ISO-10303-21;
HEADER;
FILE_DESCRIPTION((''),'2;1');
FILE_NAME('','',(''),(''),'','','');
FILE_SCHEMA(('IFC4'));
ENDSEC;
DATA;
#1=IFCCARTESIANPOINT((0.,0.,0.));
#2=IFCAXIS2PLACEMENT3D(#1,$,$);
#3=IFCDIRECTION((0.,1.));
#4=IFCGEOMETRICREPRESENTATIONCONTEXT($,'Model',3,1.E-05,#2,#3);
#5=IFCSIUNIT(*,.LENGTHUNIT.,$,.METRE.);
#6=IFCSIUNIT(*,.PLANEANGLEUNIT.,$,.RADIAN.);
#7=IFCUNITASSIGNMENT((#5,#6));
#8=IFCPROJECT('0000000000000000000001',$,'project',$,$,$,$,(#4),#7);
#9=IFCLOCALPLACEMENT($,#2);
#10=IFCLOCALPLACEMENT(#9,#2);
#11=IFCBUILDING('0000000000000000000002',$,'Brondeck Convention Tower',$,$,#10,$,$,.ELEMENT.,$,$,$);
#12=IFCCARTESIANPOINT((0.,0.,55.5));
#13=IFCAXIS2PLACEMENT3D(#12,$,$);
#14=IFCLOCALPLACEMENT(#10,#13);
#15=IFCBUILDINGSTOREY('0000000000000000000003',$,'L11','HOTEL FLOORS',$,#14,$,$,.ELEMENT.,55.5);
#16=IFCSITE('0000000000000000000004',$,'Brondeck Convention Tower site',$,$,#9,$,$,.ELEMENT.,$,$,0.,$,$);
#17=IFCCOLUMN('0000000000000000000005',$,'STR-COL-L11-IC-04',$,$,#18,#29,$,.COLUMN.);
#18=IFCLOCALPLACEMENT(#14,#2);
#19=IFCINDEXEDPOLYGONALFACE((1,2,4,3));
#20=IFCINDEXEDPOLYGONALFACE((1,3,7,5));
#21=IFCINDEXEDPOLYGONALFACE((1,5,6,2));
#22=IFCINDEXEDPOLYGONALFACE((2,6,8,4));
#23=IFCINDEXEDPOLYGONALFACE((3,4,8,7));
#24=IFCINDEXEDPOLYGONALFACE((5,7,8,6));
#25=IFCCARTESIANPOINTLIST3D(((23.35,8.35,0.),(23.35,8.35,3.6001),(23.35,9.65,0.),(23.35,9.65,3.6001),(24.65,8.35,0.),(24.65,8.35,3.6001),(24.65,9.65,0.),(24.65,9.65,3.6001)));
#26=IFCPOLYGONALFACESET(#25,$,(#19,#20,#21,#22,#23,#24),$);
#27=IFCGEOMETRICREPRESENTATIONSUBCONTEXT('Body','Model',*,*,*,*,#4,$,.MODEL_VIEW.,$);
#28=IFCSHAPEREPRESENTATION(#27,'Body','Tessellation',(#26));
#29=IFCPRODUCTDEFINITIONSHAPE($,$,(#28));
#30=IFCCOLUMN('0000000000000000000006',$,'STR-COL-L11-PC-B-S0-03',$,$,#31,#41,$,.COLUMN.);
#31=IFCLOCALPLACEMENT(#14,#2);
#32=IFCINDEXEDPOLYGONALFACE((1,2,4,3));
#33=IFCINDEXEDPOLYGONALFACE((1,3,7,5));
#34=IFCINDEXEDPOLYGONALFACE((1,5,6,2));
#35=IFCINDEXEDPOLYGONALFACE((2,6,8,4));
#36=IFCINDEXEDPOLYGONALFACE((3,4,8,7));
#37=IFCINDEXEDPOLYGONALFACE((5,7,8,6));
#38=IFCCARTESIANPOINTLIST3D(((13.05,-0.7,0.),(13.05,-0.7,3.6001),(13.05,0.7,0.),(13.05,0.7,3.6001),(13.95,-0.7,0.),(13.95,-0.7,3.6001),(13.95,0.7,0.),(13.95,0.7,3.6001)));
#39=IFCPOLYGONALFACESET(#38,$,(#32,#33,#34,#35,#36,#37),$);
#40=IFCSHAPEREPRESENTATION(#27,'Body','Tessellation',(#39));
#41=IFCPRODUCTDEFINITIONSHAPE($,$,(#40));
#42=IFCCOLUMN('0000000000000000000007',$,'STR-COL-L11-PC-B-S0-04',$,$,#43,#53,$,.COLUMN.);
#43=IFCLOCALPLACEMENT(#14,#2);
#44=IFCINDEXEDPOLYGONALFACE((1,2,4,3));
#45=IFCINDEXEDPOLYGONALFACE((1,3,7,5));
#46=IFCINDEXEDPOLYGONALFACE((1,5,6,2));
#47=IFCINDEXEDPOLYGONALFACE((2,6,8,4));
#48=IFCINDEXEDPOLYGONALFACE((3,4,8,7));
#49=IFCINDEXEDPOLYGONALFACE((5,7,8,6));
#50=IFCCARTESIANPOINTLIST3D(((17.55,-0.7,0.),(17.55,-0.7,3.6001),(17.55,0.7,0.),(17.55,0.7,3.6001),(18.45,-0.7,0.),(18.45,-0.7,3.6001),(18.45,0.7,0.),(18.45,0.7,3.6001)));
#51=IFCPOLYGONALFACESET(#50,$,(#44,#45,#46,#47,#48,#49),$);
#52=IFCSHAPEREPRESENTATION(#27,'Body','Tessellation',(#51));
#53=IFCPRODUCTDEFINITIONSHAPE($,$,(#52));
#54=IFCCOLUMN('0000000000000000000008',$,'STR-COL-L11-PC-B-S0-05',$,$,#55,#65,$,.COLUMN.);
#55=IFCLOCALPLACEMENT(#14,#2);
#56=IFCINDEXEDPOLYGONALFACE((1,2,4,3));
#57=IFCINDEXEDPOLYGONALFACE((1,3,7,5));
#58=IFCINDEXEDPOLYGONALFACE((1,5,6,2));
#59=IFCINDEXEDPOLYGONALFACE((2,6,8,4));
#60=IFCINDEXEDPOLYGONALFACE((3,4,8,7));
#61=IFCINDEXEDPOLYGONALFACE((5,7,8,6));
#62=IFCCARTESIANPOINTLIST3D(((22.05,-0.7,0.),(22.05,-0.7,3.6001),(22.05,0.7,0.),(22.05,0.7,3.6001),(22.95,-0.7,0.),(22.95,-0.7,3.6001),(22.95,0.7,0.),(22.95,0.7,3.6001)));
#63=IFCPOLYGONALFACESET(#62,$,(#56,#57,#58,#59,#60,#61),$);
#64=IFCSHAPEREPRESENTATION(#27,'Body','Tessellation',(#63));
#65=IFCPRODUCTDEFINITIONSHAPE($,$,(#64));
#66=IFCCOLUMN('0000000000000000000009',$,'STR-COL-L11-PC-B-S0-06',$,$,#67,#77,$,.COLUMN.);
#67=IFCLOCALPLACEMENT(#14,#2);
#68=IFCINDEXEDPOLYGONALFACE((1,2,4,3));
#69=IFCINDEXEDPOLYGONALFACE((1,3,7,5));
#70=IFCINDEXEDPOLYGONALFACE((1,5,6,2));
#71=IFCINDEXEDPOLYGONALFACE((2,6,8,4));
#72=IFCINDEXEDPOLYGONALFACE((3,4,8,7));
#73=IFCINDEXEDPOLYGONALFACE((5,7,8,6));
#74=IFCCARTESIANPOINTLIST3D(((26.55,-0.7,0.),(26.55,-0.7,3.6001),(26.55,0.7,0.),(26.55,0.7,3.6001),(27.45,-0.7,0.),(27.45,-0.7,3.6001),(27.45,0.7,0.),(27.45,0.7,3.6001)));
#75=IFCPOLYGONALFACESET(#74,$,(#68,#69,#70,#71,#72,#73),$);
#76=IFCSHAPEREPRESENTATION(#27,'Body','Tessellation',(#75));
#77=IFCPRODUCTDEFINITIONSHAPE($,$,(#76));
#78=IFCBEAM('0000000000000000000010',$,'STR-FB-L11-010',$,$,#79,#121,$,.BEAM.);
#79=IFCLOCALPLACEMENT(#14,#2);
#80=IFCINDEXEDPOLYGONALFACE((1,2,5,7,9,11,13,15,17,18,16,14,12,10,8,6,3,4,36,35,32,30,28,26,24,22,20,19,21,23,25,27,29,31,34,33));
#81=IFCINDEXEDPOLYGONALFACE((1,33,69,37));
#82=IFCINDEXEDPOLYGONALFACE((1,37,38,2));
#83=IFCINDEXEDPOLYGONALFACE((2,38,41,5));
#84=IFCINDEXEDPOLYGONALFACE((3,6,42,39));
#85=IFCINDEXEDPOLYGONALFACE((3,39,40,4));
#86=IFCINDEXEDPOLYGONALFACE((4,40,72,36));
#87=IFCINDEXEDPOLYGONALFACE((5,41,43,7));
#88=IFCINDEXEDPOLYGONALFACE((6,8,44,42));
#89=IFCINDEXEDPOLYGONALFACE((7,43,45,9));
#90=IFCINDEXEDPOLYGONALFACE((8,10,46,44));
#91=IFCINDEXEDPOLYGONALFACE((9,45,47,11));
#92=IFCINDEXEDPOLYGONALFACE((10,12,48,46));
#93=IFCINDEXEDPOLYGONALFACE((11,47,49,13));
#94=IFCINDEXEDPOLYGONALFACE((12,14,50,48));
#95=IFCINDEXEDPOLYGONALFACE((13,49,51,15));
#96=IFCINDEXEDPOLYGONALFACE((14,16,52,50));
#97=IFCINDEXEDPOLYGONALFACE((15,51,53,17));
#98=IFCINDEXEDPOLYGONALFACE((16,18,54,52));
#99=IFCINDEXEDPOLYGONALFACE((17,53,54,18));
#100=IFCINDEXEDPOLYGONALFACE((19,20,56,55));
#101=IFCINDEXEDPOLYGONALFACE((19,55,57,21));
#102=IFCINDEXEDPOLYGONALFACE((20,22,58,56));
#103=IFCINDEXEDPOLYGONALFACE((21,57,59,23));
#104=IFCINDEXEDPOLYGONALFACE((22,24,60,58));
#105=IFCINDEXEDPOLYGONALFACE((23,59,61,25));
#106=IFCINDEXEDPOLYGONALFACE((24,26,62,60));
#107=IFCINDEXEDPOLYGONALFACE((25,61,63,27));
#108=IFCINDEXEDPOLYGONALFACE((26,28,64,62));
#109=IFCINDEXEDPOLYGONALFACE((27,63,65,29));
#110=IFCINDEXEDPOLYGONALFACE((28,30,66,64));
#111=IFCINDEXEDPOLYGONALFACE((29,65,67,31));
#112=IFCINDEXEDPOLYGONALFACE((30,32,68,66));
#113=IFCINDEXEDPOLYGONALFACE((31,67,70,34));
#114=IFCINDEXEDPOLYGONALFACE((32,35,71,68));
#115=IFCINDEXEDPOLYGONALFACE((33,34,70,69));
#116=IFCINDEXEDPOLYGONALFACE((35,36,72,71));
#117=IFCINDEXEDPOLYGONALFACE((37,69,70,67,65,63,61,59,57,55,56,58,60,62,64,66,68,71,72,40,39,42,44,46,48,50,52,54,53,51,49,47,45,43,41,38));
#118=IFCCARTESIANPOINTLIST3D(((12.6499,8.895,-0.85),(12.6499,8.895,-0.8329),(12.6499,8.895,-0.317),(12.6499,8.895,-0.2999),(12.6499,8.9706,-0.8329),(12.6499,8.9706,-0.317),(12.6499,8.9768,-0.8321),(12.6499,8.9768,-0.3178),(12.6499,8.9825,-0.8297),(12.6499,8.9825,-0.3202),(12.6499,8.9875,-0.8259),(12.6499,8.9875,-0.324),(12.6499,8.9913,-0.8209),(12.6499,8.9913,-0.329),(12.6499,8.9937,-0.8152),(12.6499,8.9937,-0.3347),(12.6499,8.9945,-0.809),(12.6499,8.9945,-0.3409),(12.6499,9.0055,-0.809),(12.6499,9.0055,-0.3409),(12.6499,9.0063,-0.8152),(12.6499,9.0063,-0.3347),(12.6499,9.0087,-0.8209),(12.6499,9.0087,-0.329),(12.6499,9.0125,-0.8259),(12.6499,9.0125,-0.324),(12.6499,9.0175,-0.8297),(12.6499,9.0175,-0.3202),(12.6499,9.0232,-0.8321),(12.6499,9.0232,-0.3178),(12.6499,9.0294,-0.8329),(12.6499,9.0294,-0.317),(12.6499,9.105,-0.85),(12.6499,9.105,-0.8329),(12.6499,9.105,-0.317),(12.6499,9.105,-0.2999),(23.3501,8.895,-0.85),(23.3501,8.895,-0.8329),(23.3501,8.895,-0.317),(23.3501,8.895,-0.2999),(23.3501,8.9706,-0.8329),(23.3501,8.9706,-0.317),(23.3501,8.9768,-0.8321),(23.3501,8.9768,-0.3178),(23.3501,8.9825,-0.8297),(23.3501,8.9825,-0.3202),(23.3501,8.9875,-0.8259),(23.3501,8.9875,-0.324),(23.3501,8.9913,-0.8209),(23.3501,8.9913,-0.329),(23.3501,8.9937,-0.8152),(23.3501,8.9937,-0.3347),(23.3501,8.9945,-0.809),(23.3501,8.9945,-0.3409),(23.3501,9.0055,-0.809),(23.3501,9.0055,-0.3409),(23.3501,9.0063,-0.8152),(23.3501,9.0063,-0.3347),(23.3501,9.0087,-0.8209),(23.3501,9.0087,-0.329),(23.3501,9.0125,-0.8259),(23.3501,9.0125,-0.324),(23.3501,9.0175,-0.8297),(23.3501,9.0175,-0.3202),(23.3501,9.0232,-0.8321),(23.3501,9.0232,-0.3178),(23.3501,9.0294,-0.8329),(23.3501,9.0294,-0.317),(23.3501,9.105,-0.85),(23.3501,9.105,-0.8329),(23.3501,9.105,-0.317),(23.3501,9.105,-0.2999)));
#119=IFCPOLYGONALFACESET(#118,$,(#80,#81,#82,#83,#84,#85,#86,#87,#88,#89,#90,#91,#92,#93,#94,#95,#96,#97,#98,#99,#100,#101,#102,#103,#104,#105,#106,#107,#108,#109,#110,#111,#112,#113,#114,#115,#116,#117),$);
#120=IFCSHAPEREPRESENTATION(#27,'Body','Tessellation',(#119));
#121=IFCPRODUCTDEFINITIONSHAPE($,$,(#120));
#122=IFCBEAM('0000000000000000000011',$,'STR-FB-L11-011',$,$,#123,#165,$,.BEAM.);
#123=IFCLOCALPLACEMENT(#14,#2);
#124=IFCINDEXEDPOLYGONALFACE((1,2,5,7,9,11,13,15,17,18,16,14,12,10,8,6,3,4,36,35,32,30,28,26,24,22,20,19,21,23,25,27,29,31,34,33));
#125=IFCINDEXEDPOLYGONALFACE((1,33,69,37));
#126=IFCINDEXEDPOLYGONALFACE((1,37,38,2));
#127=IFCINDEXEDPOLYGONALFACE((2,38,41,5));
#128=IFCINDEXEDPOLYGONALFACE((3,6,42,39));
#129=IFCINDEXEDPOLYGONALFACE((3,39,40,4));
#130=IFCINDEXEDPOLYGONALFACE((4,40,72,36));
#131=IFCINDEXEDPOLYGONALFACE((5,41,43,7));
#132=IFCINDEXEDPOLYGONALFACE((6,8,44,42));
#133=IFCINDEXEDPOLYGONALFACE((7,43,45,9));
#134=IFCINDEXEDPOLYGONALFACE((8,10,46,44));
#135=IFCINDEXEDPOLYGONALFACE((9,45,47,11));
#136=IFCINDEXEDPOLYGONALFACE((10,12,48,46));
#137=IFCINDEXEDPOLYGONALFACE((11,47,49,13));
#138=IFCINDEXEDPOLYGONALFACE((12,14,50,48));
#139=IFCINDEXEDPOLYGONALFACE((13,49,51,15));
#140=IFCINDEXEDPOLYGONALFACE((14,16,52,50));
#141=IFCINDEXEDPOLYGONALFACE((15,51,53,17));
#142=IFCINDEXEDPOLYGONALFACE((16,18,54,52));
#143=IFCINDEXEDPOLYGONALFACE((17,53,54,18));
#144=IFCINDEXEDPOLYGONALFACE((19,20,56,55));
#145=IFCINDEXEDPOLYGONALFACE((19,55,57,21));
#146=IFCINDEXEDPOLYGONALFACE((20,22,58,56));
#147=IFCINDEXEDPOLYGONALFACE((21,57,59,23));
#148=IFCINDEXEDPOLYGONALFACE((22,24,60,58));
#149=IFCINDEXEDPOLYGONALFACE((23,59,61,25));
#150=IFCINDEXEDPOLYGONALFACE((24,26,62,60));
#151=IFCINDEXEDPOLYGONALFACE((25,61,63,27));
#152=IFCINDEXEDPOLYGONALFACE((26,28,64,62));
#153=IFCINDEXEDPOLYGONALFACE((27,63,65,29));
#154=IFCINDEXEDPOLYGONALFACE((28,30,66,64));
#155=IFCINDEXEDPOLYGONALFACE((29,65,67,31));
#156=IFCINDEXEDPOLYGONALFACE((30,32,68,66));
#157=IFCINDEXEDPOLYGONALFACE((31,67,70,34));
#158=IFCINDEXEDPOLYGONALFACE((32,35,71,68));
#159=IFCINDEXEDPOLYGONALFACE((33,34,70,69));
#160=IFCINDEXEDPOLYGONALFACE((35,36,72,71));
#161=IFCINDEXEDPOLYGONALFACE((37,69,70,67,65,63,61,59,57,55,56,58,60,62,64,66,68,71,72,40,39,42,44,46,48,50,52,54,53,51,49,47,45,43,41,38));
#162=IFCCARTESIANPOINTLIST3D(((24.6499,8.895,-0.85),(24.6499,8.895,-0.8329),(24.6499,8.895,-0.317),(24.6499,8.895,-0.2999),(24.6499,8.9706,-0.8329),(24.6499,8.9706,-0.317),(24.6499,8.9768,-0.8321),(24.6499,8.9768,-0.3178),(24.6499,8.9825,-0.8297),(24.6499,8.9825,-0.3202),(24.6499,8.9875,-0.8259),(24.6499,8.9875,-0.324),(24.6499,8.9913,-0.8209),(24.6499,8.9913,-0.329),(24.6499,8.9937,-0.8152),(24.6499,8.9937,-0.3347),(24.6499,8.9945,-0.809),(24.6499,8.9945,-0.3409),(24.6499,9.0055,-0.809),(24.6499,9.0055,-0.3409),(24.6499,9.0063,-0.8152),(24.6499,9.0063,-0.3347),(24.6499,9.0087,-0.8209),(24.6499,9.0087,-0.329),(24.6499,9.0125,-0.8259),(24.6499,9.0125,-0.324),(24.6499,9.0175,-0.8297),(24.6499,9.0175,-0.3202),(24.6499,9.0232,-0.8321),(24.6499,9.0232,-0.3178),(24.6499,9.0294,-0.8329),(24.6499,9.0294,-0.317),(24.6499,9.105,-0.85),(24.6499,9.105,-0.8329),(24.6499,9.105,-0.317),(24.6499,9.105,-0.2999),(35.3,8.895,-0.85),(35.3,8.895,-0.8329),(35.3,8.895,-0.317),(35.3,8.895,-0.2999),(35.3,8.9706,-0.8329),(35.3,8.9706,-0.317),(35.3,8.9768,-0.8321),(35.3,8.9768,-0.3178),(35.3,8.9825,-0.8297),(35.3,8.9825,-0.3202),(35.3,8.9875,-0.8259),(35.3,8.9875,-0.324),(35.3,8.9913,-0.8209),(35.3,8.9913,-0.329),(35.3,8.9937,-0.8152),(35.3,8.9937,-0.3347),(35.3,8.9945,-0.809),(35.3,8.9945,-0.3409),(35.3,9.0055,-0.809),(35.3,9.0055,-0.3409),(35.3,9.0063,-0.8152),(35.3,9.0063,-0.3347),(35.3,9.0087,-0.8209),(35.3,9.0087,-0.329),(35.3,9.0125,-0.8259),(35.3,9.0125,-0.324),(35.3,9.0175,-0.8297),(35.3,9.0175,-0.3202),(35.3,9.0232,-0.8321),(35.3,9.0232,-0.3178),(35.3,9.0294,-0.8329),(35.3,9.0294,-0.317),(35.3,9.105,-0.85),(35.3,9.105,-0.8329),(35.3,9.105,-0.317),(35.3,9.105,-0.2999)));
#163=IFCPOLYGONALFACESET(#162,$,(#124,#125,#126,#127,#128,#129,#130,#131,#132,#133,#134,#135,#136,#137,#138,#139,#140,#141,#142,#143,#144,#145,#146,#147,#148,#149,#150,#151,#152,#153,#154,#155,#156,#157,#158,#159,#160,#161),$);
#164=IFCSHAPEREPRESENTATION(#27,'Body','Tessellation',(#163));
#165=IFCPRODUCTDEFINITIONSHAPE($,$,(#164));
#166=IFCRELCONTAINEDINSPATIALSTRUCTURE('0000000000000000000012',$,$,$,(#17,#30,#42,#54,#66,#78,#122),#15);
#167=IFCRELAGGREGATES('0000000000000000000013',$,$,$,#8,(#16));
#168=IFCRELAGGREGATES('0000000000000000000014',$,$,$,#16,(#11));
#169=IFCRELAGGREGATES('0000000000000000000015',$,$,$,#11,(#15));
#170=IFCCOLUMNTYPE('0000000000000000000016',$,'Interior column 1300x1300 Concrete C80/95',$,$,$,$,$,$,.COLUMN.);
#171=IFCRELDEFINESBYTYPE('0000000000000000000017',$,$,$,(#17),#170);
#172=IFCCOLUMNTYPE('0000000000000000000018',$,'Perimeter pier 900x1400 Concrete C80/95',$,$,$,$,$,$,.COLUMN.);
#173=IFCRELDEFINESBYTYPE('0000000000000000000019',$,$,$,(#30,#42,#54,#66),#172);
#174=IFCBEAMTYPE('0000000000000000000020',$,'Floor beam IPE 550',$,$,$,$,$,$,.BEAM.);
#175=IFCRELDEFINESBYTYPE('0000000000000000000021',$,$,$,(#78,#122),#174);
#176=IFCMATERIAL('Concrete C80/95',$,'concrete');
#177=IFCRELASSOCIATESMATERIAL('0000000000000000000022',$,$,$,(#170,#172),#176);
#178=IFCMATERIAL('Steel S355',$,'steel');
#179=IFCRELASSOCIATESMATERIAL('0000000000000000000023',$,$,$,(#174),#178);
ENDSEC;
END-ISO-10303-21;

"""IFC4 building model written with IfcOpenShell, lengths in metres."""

from ifc_helpers import new_model, si_unit, direction, frame, origin, origin_2d, place, context, subcontext, project, spatial, rectangle, i_section, extrude, material, material_profile, profile_set, type_object, element, save


model = new_model("IFC4")

# Units and contexts
model_context = context("Model", 3, precision=1e-05, world=origin(), true_north=direction((0.0, 1.0)))
body_context = subcontext(model_context, "Body", "Model", "MODEL_VIEW")
ifc_project = project(units=[si_unit("LENGTHUNIT", "METRE"), si_unit("PLANEANGLEUNIT", "RADIAN")], contexts=[model_context])

# Site, building, storey
site_placement = place(None, origin())
site = spatial("IfcSite", under=ifc_project, at=site_placement, Name="Brondeck Convention Tower site", CompositionType="ELEMENT", RefElevation=0.0)
building_placement = place(site_placement, origin())
building = spatial("IfcBuilding", under=site, at=building_placement, Name="Brondeck Convention Tower", CompositionType="ELEMENT")
storey_placement = place(building_placement, frame((0.0, 0.0, 55.5)))
storey = spatial("IfcBuildingStorey", under=building, at=storey_placement, Name="L11", Description="HOTEL FLOORS", CompositionType="ELEMENT", Elevation=55.5)

# Columns
ifc_material_1 = material(Name="Concrete C80/95", Category="concrete")
ifc_material_profile_1 = material_profile(ifc_material_1, rectangle(XDim=1.3, YDim=1.3, at=origin_2d()), Name="Interior column 1300x1300 Concrete C80/95")
ifc_profile_set_1 = profile_set([ifc_material_profile_1], Name="Concrete C80/95")
column_type_1 = type_object("IfcColumnType", Name="Interior column 1300x1300 Concrete C80/95", PredefinedType="COLUMN", material=ifc_profile_set_1)
column_placement = place(storey_placement, frame((24.0, 9.0, 0.0), z_axis=(0.0, 0.0, 1.0), x_axis=(1.0, 0.0, 0.0)))
element("IfcColumn", 1, at=column_placement, inside=storey, type_object=column_type_1, Name="STR-COL-L11-IC-04", PredefinedType="COLUMN", context=body_context, shape_type="SweptSolid", body=[
    extrude(rectangle(XDim=1.3, YDim=1.3, at=origin_2d()), origin(), (0.0, 0.0, 1.0), 3.6001),
])
ifc_material_profile_2 = material_profile(ifc_material_1, rectangle(XDim=0.8999, YDim=1.3999, at=origin_2d()), Name="Perimeter pier 900x1400 Concrete C80/95")
ifc_profile_set_2 = profile_set([ifc_material_profile_2], Name="Concrete C80/95")
column_type_2 = type_object("IfcColumnType", Name="Perimeter pier 900x1400 Concrete C80/95", PredefinedType="COLUMN", material=ifc_profile_set_2)
for number, where, z_axis, x_axis, name in (
    (2, (13.5, 0.0, 0.0), (0.0, 0.0, 1.0), (1.0, 0.0, 0.0), "STR-COL-L11-PC-B-S0-03"),
    (3, (18.0, 0.0, 0.0), (0.0, 0.0, 1.0), (1.0, 0.0, 0.0), "STR-COL-L11-PC-B-S0-04"),
    (4, (22.5, 0.0, 0.0), (0.0, 0.0, 1.0), (1.0, 0.0, 0.0), "STR-COL-L11-PC-B-S0-05"),
    (5, (27.0, 0.0, 0.0), (0.0, 0.0, 1.0), (1.0, 0.0, 0.0), "STR-COL-L11-PC-B-S0-06"),
):
    element("IfcColumn", number, at=place(storey_placement, frame(where, z_axis=z_axis, x_axis=x_axis)), inside=storey, type_object=column_type_2, Name=name, PredefinedType="COLUMN", context=body_context, shape_type="SweptSolid", body=[
        extrude(rectangle(XDim=0.8999, YDim=1.3999, at=origin_2d()), origin(), (0.0, 0.0, 1.0), 3.6001),
    ])

# Beams
ifc_material_2 = material(Name="Steel S355", Category="steel")
ifc_material_profile_3 = material_profile(ifc_material_2, i_section(OverallWidth=0.21, OverallDepth=0.55, WebThickness=0.011, FlangeThickness=0.0171, FilletRadius=0.0239, at=origin_2d()), Name="IPE 550")
ifc_profile_set_3 = profile_set([ifc_material_profile_3], Name="Steel S355")
beam_type_1 = type_object("IfcBeamType", Name="Floor beam IPE 550", PredefinedType="BEAM", material=ifc_profile_set_3)
beam_1_placement = place(storey_placement, frame((12.6499, 9.0, -0.575), z_axis=(1.0, 0.0, 0.0), x_axis=(0.0, 1.0, 0.0)))
element("IfcBeam", 6, at=beam_1_placement, inside=storey, type_object=beam_type_1, Name="STR-FB-L11-010", PredefinedType="BEAM", context=body_context, shape_type="SweptSolid", body=[
    extrude(i_section(OverallWidth=0.21, OverallDepth=0.55, WebThickness=0.011, FlangeThickness=0.0171, FilletRadius=0.0239, at=origin_2d()), origin(), (0.0, 0.0, 1.0), 10.7002),
])
beam_2_placement = place(storey_placement, frame((24.6499, 9.0, -0.575), z_axis=(1.0, 0.0, 0.0), x_axis=(0.0, 1.0, 0.0)))
element("IfcBeam", 7, at=beam_2_placement, inside=storey, type_object=beam_type_1, Name="STR-FB-L11-011", PredefinedType="BEAM", context=body_context, shape_type="SweptSolid", body=[
    extrude(i_section(OverallWidth=0.21, OverallDepth=0.55, WebThickness=0.011, FlangeThickness=0.0171, FilletRadius=0.0239, at=origin_2d()), origin(), (0.0, 0.0, 1.0), 10.6501),
])

save(model, "model.ifc")
